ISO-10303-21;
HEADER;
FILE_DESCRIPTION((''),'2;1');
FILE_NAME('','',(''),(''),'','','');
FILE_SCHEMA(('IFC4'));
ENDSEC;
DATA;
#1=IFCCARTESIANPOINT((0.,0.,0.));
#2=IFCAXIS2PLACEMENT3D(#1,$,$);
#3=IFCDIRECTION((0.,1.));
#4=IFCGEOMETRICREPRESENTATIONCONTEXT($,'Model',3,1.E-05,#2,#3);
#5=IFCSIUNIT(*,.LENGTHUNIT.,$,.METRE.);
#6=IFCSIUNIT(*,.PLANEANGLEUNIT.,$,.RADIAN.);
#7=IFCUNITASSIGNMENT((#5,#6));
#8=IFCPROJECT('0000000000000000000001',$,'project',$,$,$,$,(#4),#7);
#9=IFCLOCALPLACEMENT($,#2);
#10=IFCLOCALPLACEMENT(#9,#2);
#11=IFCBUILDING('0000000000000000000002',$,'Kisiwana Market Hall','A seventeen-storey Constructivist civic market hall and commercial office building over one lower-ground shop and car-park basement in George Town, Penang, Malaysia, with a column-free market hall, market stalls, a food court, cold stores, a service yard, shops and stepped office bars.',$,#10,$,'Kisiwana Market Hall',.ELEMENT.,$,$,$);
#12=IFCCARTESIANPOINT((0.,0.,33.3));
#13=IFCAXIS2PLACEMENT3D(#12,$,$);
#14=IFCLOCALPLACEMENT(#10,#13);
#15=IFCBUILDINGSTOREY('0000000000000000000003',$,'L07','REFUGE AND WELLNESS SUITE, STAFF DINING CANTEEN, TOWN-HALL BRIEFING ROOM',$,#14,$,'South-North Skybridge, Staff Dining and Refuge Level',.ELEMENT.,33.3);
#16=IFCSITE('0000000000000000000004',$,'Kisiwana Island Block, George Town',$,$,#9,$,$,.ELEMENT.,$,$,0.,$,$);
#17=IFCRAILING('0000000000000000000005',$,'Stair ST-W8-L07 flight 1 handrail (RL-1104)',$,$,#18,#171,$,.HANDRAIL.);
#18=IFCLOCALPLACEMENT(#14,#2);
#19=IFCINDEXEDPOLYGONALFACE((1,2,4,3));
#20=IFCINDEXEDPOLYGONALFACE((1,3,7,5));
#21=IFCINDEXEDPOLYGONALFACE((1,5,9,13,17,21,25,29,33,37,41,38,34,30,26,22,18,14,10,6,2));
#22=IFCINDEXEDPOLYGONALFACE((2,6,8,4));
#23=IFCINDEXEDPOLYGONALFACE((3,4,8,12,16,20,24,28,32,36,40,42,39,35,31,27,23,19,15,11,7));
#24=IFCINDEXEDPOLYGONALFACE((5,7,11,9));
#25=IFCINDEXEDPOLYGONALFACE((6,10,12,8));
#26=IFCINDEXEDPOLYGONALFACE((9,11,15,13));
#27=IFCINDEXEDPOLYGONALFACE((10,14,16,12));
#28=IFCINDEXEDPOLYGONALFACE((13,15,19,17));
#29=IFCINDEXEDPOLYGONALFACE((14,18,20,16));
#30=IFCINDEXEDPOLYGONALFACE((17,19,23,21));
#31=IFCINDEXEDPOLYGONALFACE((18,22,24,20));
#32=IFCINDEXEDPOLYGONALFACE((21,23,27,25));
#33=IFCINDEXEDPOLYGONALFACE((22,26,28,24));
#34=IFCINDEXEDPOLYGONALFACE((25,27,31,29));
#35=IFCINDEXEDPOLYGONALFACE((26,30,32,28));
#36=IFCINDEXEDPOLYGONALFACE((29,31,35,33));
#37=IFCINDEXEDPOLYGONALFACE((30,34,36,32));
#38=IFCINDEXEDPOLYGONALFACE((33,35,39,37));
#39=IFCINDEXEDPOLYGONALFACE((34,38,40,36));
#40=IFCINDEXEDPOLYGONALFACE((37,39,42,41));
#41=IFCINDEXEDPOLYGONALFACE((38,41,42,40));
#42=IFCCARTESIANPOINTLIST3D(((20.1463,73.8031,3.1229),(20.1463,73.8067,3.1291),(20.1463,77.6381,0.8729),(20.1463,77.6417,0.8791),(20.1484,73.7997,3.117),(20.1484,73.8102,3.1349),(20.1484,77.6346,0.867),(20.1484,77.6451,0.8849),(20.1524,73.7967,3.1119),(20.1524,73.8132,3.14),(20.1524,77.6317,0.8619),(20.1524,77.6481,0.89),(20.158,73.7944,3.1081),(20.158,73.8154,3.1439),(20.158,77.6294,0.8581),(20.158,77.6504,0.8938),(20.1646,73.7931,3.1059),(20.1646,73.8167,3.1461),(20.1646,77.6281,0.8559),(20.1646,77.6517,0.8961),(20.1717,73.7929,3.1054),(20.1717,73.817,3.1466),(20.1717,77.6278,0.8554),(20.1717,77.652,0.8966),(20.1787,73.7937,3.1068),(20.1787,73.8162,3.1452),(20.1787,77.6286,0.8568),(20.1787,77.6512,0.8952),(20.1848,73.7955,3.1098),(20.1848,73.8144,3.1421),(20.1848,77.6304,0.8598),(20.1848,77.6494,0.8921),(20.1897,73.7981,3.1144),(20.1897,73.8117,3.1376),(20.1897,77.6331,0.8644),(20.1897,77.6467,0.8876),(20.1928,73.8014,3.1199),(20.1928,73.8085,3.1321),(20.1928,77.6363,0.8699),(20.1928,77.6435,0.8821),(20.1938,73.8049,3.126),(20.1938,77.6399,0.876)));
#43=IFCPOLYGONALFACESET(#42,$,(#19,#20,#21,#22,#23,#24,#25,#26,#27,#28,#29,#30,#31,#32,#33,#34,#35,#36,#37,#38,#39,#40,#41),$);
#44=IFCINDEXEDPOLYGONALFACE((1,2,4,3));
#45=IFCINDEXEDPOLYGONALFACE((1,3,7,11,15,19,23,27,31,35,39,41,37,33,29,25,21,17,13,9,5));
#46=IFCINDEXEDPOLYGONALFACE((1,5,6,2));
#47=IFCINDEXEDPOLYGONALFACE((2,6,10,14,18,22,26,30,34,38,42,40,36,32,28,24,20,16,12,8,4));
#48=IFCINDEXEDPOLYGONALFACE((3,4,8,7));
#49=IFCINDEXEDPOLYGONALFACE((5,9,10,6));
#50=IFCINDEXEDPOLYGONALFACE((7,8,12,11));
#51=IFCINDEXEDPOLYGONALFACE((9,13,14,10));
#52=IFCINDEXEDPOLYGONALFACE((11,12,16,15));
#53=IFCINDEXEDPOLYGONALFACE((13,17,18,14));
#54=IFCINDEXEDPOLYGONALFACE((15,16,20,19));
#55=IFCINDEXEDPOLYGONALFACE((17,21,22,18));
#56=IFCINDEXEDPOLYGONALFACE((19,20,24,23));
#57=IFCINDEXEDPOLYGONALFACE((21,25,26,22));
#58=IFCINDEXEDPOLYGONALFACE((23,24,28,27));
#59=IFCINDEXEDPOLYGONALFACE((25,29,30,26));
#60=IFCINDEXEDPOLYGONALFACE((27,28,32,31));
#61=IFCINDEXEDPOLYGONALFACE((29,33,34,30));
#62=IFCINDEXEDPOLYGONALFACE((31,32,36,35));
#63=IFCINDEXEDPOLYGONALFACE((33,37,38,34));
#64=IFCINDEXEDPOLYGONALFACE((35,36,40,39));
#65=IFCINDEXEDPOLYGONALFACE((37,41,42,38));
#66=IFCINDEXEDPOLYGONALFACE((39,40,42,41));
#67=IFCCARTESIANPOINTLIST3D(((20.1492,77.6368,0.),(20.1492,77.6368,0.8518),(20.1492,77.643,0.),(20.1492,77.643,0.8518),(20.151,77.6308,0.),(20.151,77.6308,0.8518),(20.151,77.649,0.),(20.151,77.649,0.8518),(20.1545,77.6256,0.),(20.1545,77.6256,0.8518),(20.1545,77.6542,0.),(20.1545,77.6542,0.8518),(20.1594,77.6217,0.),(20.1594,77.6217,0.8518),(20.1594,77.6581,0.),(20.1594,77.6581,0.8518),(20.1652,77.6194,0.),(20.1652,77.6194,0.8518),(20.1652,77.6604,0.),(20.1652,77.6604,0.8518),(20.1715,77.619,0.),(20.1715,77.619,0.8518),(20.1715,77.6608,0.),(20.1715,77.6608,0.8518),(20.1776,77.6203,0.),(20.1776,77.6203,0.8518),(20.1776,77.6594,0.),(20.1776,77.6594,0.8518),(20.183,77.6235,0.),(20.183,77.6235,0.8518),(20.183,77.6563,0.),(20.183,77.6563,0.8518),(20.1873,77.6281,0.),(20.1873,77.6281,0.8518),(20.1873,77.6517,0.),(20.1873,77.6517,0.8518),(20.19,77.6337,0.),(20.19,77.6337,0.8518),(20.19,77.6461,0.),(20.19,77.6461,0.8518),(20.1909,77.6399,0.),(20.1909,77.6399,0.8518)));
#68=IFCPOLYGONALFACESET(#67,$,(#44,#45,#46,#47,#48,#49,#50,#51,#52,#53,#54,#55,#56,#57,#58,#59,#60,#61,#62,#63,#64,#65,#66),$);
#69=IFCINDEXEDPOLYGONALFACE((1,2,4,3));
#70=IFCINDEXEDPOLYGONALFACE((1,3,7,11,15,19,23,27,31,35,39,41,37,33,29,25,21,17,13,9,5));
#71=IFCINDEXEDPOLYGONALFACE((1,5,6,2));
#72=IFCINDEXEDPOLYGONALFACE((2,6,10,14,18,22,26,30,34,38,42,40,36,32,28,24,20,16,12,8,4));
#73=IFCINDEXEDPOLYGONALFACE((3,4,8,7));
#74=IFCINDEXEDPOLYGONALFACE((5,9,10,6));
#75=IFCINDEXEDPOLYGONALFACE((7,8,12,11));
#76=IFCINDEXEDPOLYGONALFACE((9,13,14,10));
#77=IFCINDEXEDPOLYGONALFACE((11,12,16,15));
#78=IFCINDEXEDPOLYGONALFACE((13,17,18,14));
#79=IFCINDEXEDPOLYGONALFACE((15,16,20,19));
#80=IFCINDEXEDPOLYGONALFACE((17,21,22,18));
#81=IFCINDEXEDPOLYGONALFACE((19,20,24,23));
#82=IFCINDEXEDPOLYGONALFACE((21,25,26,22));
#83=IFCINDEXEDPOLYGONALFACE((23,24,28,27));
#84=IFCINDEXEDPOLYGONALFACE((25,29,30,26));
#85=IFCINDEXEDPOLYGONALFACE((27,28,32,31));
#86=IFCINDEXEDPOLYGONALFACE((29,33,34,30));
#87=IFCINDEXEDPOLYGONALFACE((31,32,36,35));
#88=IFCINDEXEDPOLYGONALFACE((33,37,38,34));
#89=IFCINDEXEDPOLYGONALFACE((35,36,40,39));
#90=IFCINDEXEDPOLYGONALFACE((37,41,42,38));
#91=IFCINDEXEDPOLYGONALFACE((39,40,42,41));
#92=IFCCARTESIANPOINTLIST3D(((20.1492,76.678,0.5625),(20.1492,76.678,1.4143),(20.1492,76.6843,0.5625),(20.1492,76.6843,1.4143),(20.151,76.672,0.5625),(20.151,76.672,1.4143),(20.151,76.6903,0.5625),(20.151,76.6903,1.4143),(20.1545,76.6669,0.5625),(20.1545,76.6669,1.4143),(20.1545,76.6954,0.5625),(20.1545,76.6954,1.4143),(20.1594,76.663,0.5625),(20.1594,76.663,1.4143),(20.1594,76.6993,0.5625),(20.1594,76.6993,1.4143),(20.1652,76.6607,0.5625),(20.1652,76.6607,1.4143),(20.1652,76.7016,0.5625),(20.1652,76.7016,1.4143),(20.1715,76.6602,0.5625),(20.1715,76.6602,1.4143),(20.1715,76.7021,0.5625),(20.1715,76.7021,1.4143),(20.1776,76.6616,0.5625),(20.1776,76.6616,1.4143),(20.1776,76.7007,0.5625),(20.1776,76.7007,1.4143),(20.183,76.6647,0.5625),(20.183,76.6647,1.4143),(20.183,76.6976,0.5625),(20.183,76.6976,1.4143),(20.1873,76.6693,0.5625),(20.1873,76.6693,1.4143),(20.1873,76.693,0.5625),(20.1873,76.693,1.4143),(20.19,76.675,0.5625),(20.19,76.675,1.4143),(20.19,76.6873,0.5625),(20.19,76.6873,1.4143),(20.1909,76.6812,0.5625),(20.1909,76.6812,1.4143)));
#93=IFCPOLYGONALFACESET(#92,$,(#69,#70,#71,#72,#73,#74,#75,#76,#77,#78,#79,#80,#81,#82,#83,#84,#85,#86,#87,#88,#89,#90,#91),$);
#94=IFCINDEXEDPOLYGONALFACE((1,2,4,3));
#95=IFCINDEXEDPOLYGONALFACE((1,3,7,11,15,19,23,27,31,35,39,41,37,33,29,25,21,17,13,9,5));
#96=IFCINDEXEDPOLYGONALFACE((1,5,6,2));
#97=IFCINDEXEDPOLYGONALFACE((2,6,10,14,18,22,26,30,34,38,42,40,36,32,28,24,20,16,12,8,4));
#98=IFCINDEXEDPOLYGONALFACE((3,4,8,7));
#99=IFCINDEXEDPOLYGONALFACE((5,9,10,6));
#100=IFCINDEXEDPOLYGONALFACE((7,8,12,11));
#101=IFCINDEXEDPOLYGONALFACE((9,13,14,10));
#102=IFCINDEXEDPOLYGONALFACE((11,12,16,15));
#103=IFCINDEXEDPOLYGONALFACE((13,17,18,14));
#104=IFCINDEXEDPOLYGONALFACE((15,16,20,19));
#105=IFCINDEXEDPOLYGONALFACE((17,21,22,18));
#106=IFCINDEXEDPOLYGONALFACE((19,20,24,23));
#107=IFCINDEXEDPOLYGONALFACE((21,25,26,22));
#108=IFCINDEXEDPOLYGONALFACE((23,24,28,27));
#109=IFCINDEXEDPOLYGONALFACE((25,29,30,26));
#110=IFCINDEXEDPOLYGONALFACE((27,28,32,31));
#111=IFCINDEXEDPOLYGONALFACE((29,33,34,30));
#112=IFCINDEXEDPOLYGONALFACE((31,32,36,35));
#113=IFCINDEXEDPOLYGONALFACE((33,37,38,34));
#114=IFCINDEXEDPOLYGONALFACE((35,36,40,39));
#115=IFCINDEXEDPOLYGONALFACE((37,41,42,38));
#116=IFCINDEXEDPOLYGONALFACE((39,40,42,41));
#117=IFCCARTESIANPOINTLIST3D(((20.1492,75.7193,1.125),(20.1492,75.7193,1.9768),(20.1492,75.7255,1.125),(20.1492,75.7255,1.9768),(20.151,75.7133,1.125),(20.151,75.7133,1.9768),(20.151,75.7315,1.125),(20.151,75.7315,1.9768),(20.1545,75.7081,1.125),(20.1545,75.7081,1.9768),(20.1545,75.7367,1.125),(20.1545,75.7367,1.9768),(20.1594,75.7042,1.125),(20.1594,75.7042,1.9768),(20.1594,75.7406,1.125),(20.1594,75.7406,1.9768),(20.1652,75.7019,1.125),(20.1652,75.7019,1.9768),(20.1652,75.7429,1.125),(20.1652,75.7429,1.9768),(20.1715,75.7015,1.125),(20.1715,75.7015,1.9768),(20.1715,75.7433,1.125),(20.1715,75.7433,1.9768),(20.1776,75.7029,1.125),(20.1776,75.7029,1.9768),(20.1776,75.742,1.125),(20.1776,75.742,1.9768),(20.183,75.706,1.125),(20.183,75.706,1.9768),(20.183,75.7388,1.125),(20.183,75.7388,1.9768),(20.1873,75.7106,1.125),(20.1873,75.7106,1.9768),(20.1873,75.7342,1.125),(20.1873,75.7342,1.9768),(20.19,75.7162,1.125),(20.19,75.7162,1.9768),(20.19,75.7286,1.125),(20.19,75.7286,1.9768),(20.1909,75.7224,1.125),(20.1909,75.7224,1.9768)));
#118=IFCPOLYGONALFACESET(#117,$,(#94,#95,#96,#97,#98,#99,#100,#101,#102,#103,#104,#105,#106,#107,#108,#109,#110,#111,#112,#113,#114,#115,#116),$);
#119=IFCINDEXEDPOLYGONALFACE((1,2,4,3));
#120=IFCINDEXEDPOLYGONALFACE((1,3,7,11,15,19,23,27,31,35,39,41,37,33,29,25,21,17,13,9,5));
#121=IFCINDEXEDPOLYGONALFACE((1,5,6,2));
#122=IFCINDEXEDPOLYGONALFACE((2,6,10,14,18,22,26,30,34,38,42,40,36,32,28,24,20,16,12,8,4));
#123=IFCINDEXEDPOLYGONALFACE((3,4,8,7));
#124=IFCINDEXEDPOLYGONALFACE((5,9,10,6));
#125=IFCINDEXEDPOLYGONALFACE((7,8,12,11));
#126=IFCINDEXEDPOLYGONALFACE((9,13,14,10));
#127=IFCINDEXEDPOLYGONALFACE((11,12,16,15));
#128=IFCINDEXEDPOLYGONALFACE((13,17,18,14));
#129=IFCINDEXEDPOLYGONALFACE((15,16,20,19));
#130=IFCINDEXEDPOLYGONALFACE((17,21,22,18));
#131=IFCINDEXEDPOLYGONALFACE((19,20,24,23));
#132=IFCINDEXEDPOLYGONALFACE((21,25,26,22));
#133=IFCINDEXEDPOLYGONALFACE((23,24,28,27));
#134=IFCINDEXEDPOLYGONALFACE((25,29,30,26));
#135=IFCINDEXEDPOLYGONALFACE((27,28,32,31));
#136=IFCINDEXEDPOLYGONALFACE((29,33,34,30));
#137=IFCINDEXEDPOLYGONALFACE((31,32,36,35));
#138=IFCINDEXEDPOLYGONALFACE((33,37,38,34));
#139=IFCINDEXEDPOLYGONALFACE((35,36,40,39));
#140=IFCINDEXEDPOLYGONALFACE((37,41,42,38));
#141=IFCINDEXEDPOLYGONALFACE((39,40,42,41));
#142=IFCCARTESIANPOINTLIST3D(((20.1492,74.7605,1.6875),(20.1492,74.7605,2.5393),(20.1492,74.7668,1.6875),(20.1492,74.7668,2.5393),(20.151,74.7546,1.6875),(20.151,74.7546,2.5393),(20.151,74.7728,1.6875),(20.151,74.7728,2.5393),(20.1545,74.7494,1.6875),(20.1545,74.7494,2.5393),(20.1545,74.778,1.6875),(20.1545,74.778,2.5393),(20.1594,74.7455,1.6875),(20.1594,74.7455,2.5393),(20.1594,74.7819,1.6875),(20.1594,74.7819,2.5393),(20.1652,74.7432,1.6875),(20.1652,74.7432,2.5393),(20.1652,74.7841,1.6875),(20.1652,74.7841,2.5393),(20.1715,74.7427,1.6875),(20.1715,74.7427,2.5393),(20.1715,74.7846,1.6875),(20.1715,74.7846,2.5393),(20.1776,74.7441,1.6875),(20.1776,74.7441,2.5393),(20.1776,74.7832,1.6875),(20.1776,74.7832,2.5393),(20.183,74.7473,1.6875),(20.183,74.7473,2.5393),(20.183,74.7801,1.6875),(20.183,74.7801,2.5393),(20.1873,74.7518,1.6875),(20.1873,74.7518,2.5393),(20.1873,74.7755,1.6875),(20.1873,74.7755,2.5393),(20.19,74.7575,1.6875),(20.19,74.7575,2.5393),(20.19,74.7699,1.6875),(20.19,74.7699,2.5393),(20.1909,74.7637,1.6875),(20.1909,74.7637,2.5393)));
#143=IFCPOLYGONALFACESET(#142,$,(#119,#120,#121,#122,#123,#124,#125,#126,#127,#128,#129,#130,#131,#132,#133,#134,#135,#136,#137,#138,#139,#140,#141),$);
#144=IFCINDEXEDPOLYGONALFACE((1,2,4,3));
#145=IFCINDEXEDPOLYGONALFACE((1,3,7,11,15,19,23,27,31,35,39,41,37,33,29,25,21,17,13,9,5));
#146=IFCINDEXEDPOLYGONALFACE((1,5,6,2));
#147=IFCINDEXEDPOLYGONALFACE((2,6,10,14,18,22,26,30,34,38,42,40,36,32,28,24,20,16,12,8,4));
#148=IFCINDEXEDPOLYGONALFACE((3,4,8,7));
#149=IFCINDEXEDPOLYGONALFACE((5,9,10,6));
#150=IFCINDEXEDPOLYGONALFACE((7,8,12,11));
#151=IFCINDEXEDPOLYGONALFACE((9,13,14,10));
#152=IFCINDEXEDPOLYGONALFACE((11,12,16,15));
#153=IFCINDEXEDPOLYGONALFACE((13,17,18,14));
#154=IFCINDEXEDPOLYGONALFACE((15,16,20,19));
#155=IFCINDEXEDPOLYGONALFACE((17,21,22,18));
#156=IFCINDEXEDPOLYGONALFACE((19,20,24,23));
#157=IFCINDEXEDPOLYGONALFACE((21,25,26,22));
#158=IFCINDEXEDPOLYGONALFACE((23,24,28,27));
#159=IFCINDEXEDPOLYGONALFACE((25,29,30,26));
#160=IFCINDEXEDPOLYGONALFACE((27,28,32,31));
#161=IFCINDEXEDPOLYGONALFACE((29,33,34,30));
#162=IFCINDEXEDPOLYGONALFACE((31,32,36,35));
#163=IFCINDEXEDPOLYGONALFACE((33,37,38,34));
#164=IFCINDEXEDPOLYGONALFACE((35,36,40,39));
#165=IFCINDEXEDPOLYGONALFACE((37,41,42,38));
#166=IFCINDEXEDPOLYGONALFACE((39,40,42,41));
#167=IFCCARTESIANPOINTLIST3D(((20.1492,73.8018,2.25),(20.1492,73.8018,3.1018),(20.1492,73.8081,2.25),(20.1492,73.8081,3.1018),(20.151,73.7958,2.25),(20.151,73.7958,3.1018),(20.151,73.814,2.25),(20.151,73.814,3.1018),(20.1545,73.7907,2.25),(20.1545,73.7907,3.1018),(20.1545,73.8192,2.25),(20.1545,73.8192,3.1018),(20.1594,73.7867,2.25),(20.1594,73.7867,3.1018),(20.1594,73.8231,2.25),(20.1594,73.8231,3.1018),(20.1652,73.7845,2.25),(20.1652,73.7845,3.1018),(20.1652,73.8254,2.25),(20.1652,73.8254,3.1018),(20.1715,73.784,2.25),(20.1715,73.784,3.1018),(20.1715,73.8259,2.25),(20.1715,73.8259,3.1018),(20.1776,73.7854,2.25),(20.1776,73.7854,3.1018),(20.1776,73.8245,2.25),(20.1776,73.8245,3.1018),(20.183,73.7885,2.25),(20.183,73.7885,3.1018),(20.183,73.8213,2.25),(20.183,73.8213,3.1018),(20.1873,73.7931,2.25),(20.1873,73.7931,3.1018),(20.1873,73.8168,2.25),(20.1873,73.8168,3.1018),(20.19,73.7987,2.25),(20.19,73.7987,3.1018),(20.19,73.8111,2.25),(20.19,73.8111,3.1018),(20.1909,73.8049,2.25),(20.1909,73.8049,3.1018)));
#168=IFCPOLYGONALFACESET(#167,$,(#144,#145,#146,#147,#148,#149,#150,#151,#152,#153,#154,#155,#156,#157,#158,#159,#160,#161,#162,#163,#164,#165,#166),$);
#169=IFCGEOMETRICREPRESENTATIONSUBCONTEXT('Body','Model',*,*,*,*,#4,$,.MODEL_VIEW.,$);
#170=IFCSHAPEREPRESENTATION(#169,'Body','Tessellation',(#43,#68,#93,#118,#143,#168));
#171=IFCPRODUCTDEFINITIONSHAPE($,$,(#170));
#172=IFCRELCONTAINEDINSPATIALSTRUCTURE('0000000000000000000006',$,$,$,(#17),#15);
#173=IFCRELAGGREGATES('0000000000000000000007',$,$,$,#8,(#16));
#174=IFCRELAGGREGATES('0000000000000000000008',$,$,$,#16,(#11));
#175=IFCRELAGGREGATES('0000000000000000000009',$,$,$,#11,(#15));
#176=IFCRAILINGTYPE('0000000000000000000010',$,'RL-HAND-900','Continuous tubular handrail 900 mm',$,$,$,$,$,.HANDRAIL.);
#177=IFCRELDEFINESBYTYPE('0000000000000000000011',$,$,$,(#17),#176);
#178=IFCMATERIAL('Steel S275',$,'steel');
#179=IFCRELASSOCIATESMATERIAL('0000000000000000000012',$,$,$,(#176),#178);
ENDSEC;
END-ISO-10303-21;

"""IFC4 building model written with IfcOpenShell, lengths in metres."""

from ifc_helpers import new_model, si_unit, direction, frame, origin, origin_2d, place, context, subcontext, project, spatial, circle, extrude, material, type_object, element, save


model = new_model("IFC4")

# Units and contexts
model_context = context("Model", 3, precision=1e-05, world=origin(), true_north=direction((0.0, 1.0)))
body_context = subcontext(model_context, "Body", "Model", "MODEL_VIEW")
ifc_project = project(units=[si_unit("LENGTHUNIT", "METRE"), si_unit("PLANEANGLEUNIT", "RADIAN")], contexts=[model_context])

# Site, building, storey
site_placement = place(None, origin())
site = spatial("IfcSite", under=ifc_project, at=site_placement, Name="Kisiwana Island Block, George Town", CompositionType="ELEMENT", RefElevation=0.0)
building_placement = place(site_placement, origin())
building = spatial("IfcBuilding", under=site, at=building_placement, Name="Kisiwana Market Hall", Description="A seventeen-storey Constructivist civic market hall and commercial office building over one lower-ground shop and car-park basement in George Town, Penang, Malaysia, with a column-free market hall, market stalls, a food court, cold stores, a service yard, shops and stepped office bars.", LongName="Kisiwana Market Hall", CompositionType="ELEMENT")
storey_placement = place(building_placement, frame((0.0, 0.0, 33.3)))
storey = spatial("IfcBuildingStorey", under=building, at=storey_placement, Name="L07", Description="REFUGE AND WELLNESS SUITE, STAFF DINING CANTEEN, TOWN-HALL BRIEFING ROOM", LongName="South-North Skybridge, Staff Dining and Refuge Level", CompositionType="ELEMENT", Elevation=33.3)

# Railing
ifc_material_1 = material(Name="Steel S275", Category="steel")
railing_type_1 = type_object("IfcRailingType", Name="RL-HAND-900", Description="Continuous tubular handrail 900 mm", PredefinedType="HANDRAIL", material=ifc_material_1)
railing_1_placement = place(storey_placement, frame((20.1699, 77.6399, 0.0)))
element("IfcRailing", 1, at=railing_1_placement, inside=storey, type_object=railing_type_1, Name="Stair ST-W8-L07 flight 1 handrail (RL-1104)", PredefinedType="HANDRAIL", context=body_context, shape_type="SweptSolid", body=[
    extrude(circle(Radius=0.0239, at=origin_2d()), frame((0.0, 0.0, 0.876), z_axis=(0.0, -0.86251, 0.506041), x_axis=(1.0, 0.0, 0.0)), (0.0, 0.0, 1.0), 4.4463),
    extrude(circle(Radius=0.021, at=origin_2d()), origin(), (0.0, 0.0, 1.0), 0.8518),
    extrude(circle(Radius=0.021, at=origin_2d()), frame((0.0, -0.9587, 0.5625)), (0.0, 0.0, 1.0), 0.8518),
    extrude(circle(Radius=0.021, at=origin_2d()), frame((0.0, -1.9175, 1.125)), (0.0, 0.0, 1.0), 0.8518),
    extrude(circle(Radius=0.021, at=origin_2d()), frame((0.0, -2.8762, 1.6875)), (0.0, 0.0, 1.0), 0.8518),
    extrude(circle(Radius=0.021, at=origin_2d()), frame((0.0, -3.835, 2.25)), (0.0, 0.0, 1.0), 0.8518),
])

save(model, "model.ifc")
